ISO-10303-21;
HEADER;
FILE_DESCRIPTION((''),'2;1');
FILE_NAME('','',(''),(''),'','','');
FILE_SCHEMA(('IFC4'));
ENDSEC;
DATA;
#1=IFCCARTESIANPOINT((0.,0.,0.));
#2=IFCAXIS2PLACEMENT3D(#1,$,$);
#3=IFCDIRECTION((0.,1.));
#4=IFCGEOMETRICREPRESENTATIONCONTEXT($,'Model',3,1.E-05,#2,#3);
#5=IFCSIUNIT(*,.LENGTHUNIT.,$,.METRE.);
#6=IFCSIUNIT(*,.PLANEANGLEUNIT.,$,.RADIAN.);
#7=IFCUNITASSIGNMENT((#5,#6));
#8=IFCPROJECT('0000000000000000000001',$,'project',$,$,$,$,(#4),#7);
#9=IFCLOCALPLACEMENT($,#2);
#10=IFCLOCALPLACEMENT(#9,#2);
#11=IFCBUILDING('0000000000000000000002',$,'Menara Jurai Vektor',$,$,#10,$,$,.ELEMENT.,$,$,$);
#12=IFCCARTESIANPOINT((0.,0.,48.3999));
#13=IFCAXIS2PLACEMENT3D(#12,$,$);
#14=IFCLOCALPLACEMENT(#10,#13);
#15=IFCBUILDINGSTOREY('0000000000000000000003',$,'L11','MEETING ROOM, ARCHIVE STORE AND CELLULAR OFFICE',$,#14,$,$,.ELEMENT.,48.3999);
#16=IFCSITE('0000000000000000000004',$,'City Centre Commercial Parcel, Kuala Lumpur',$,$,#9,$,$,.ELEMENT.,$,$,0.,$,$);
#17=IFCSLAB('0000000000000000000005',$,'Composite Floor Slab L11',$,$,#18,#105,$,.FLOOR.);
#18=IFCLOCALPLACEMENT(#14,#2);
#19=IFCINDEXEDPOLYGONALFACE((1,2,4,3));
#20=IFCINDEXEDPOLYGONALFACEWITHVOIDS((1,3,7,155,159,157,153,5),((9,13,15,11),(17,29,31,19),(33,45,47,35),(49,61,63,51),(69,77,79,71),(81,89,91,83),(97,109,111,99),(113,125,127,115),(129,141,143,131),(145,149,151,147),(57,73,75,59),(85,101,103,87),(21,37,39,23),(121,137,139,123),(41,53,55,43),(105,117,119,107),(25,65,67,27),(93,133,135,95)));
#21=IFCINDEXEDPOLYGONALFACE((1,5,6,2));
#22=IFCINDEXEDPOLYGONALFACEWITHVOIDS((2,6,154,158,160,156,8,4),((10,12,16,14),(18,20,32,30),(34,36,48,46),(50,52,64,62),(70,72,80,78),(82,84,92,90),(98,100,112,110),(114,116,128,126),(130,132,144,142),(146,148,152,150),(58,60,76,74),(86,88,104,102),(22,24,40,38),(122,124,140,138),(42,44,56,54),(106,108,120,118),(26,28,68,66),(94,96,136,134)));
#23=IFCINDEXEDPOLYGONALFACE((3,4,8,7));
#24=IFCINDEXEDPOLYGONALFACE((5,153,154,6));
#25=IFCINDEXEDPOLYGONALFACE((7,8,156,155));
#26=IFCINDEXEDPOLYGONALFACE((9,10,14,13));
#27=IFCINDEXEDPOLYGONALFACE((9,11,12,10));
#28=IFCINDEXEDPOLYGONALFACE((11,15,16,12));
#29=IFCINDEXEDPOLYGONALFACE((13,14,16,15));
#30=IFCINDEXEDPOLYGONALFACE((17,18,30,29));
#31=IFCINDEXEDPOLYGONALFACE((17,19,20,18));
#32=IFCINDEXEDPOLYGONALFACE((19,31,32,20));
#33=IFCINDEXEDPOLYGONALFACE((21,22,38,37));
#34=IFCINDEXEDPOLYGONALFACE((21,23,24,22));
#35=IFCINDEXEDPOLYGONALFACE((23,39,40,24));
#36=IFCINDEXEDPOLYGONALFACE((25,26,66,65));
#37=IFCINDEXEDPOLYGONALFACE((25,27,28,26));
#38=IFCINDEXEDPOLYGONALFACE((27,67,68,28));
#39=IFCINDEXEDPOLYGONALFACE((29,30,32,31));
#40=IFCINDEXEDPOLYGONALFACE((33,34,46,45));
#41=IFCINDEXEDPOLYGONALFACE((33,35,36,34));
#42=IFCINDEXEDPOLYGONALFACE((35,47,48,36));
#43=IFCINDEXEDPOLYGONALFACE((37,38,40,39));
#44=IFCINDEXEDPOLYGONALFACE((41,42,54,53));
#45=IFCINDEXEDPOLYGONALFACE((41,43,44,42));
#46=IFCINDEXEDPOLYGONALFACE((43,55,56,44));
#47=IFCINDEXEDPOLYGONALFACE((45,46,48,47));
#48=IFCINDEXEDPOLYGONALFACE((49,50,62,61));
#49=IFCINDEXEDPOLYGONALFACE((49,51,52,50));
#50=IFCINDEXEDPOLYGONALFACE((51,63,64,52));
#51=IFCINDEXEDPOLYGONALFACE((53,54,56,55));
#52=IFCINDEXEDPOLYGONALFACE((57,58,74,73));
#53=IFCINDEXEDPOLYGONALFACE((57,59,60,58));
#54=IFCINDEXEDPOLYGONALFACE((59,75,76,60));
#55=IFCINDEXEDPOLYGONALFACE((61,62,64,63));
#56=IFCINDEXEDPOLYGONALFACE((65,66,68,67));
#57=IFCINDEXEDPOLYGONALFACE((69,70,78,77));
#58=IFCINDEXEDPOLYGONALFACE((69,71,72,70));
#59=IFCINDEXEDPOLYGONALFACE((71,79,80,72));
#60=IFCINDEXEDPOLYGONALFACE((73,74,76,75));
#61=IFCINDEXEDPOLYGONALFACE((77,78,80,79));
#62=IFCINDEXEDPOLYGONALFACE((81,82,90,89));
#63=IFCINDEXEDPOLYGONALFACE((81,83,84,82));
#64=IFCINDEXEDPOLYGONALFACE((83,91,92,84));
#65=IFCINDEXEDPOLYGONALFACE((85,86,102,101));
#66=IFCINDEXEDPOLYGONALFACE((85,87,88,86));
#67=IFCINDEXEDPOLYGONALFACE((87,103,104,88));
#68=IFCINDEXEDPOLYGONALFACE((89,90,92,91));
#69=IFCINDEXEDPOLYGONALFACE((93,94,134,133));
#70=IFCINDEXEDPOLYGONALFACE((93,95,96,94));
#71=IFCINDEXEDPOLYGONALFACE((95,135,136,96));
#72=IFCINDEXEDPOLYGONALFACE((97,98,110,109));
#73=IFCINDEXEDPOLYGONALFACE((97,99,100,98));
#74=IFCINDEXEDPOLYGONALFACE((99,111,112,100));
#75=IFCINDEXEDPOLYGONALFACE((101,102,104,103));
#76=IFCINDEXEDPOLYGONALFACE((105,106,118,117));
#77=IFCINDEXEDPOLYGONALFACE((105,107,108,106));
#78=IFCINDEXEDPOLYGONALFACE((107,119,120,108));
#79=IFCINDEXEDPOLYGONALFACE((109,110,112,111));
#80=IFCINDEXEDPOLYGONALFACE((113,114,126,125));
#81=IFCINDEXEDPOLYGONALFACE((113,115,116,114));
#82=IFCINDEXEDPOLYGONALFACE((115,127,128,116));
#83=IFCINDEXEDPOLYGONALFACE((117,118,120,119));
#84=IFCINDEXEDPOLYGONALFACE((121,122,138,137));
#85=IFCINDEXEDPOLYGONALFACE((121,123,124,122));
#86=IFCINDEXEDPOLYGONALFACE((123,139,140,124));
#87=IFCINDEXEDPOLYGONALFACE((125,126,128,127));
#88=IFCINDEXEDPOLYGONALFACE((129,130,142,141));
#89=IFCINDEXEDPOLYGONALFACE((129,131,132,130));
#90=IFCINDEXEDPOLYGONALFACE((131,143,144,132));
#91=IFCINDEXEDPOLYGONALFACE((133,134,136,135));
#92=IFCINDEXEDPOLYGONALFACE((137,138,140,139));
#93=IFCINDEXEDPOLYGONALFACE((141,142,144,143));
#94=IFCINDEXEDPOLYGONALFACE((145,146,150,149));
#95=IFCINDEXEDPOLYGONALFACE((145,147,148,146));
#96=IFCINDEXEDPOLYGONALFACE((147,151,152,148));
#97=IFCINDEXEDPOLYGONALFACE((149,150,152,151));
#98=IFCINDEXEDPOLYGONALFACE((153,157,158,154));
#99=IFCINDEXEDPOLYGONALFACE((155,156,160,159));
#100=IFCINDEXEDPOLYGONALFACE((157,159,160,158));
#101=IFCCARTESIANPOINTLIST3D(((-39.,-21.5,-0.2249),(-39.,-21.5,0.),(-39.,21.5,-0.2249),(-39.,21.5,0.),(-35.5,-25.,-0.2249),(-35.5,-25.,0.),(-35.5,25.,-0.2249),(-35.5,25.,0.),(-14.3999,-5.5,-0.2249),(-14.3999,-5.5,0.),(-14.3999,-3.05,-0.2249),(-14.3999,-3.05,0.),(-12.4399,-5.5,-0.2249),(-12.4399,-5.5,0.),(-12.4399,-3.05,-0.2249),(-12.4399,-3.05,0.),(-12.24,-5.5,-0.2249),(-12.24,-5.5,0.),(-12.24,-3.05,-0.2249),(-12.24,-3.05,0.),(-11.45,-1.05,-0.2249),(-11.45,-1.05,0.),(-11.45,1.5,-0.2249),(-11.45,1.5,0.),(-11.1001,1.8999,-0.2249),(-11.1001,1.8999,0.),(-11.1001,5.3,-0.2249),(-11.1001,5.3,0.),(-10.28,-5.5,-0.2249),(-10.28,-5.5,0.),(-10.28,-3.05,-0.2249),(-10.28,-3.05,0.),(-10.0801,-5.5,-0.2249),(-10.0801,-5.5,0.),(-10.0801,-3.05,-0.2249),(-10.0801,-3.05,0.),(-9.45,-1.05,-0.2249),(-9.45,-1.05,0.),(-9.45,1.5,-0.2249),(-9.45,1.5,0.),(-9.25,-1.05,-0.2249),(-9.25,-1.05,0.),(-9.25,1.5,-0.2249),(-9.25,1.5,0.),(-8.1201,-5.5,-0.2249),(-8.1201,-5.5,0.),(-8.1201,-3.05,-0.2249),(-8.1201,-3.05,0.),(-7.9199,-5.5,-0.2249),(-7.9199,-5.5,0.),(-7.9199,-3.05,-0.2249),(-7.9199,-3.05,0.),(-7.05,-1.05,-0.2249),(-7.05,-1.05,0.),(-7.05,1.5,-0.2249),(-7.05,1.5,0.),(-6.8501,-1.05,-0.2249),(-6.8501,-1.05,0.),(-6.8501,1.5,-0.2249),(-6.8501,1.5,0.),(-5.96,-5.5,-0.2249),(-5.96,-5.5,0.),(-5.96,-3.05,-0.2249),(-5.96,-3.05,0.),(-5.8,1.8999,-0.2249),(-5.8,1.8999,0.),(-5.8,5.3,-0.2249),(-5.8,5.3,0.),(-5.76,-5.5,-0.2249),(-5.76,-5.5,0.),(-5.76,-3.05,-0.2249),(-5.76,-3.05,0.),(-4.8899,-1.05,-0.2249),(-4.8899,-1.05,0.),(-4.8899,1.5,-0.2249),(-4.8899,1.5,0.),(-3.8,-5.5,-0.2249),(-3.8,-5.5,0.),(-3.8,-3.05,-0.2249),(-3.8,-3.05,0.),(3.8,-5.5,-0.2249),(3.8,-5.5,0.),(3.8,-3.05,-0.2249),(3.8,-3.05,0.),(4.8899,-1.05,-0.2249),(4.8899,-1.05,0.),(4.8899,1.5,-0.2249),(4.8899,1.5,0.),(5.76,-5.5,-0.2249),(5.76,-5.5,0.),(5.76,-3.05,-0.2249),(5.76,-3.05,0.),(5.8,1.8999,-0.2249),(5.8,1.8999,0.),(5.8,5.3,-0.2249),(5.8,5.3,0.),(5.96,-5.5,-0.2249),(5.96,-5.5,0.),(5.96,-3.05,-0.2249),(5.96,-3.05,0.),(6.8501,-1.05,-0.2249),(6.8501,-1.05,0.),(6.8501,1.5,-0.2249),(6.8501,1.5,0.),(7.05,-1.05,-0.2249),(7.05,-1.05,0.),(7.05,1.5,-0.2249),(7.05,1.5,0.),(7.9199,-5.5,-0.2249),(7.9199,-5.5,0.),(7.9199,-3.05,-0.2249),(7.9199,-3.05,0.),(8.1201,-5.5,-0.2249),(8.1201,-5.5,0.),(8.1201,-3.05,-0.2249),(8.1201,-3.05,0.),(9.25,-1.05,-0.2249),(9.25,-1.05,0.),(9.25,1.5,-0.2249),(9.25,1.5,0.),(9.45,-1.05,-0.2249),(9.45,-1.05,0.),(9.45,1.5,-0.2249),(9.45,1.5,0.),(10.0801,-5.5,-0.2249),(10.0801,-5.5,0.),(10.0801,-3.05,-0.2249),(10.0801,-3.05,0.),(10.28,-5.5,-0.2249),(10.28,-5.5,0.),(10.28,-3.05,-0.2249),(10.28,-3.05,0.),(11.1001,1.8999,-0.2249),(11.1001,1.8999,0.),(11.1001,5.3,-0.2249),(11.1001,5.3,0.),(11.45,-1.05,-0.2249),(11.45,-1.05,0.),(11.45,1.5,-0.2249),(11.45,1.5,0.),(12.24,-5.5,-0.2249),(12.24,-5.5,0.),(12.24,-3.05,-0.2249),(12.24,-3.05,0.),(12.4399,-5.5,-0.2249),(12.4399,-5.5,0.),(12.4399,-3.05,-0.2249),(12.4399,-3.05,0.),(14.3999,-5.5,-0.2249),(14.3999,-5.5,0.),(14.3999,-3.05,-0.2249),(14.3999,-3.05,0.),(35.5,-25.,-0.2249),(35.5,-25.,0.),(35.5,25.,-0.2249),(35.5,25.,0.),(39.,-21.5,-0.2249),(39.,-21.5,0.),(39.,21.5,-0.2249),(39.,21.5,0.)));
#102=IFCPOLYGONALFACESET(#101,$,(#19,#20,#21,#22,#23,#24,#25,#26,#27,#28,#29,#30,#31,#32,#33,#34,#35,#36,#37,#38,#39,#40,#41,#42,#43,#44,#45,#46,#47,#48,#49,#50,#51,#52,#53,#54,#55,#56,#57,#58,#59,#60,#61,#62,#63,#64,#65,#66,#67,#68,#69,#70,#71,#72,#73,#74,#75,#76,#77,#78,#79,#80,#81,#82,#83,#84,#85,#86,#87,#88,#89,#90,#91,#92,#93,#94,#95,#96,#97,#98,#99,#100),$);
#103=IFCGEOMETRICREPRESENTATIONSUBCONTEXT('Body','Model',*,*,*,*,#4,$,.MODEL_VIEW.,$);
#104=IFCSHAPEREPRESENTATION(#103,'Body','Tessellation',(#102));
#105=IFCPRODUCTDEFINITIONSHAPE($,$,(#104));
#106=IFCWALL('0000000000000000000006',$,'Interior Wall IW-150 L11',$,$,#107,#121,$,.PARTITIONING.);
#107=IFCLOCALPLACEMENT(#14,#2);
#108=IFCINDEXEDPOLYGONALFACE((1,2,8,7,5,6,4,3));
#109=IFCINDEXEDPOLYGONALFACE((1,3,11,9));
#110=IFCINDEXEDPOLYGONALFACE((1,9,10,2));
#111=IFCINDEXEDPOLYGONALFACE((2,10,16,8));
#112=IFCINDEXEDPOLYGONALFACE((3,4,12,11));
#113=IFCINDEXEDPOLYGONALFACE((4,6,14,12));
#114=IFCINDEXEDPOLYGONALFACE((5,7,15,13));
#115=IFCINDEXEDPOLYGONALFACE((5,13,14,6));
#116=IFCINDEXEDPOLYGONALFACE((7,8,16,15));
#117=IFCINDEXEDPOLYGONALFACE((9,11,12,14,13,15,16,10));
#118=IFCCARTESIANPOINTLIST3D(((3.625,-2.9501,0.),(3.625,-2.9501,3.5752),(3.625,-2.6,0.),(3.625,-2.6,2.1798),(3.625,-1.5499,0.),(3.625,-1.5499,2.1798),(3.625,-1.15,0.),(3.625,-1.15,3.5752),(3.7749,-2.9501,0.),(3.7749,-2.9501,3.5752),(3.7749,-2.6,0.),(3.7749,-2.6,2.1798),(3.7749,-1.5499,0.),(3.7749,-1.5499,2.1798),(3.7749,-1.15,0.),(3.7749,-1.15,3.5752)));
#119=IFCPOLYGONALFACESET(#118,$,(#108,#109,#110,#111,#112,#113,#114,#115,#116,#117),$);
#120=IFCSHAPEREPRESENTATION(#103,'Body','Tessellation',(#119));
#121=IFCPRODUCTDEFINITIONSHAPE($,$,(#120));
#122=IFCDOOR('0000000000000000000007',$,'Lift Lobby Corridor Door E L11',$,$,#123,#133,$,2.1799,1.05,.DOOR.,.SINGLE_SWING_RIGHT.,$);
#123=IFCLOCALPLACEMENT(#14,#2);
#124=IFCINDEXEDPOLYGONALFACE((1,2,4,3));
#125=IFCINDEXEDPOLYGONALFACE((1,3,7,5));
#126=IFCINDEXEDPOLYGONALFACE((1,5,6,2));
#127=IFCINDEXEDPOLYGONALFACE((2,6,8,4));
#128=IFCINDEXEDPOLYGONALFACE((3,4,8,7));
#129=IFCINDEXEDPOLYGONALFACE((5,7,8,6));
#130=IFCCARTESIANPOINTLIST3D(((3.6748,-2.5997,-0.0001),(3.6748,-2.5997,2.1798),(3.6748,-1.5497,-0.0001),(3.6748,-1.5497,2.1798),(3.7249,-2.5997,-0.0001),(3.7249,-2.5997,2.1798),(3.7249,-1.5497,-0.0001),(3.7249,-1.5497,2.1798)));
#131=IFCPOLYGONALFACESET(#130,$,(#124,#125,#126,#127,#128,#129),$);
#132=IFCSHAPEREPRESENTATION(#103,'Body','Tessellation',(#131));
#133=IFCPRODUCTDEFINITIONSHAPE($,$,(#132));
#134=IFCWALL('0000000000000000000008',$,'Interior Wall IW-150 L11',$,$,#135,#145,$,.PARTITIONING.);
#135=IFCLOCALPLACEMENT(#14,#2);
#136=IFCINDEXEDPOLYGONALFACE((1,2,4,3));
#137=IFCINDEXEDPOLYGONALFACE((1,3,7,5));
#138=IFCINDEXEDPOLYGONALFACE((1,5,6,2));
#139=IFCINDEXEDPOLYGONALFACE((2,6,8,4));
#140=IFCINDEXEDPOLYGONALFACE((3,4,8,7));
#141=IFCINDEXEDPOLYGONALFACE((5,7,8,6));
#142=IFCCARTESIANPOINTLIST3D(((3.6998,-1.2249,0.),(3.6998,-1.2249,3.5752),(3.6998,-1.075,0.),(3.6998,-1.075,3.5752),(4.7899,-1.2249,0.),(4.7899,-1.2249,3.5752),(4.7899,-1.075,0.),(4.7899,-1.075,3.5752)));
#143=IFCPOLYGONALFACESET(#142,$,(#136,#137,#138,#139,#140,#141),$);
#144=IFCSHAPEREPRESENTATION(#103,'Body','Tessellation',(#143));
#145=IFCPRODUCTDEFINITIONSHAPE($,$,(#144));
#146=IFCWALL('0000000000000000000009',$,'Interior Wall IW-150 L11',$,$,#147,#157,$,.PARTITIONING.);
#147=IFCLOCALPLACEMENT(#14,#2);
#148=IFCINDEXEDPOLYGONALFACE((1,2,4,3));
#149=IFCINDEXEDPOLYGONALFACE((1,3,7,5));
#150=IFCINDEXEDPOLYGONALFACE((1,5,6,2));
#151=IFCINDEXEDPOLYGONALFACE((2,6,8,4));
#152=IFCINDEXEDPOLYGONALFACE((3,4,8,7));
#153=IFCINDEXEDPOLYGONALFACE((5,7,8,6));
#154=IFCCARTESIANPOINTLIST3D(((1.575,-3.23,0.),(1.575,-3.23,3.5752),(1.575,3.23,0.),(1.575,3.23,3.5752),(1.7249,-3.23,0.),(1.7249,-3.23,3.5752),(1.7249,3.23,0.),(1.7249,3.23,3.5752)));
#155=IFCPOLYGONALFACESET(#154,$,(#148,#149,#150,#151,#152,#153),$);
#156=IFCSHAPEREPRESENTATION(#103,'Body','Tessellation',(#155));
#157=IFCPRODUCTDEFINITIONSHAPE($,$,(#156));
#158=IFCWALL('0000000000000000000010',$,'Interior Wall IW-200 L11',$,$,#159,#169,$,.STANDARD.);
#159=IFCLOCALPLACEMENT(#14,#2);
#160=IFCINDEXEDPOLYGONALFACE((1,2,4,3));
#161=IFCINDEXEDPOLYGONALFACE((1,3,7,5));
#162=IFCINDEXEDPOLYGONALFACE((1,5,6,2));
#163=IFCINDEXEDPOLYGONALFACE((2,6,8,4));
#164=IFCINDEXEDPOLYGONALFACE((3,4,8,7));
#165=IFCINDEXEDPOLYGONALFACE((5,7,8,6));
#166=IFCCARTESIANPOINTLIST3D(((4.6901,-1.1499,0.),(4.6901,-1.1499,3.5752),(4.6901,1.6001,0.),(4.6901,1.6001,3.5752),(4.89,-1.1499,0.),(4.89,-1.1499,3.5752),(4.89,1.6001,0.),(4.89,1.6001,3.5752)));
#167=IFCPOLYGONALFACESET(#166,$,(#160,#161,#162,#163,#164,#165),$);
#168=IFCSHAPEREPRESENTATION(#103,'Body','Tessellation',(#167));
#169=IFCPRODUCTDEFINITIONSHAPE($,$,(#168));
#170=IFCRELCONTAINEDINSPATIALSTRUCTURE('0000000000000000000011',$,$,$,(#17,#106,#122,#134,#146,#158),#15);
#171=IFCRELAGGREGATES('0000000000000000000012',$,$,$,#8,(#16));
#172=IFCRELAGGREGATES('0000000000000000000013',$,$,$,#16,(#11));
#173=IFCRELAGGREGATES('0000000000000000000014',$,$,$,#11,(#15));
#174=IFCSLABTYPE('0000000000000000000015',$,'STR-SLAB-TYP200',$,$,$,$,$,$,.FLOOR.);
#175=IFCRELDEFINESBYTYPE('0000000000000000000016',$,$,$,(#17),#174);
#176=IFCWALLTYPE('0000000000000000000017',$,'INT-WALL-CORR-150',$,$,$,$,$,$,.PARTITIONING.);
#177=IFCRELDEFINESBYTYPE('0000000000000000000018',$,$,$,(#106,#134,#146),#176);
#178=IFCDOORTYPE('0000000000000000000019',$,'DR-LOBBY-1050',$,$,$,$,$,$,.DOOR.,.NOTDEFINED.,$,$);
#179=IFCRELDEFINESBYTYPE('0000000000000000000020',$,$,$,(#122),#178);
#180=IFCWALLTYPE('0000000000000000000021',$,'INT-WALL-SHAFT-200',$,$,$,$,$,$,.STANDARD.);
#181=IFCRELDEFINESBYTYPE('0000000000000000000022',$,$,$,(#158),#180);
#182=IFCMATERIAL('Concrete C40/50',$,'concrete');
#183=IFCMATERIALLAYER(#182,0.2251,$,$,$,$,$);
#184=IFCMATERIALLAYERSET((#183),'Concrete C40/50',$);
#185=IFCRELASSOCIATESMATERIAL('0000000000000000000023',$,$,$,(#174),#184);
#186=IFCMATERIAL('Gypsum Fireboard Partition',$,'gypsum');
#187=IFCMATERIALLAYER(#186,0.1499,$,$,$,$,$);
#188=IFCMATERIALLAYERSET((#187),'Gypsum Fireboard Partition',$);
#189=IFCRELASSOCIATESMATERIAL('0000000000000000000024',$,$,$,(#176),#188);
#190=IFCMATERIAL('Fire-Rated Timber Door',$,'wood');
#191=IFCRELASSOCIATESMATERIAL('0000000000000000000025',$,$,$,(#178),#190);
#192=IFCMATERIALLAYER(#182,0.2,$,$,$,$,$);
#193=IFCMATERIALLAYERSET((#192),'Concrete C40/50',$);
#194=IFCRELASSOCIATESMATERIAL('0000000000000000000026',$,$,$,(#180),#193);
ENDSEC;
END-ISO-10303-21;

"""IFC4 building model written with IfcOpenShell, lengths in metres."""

from ifc_helpers import new_model, si_unit, direction, frame, frame_2d, origin, place, context, subcontext, project, spatial, polyline, rectangle, outline, extrude, material, layer, layer_set, type_object, element, fill, save


model = new_model("IFC4")

# Units and contexts
model_context = context("Model", 3, precision=1e-05, world=origin(), true_north=direction((0.0, 1.0)))
body_context = subcontext(model_context, "Body", "Model", "MODEL_VIEW")
ifc_project = project(units=[si_unit("LENGTHUNIT", "METRE"), si_unit("PLANEANGLEUNIT", "RADIAN")], contexts=[model_context])

# Site, building, storey
site_placement = place(None, origin())
site = spatial("IfcSite", under=ifc_project, at=site_placement, Name="City Centre Commercial Parcel, Kuala Lumpur", CompositionType="ELEMENT", RefElevation=0.0)
building_placement = place(site_placement, origin())
building = spatial("IfcBuilding", under=site, at=building_placement, Name="Menara Jurai Vektor", CompositionType="ELEMENT")
storey_placement = place(building_placement, frame((0.0, 0.0, 48.3999)))
storey = spatial("IfcBuildingStorey", under=building, at=storey_placement, Name="L11", Description="MEETING ROOM, ARCHIVE STORE AND CELLULAR OFFICE", CompositionType="ELEMENT", Elevation=48.3999)

# Shared definitions
ifc_material_1 = material(Name="Concrete C40/50", Category="concrete")

# Slab
ifc_layer_1 = layer(ifc_material_1, 0.2251)
ifc_layer_set_1 = layer_set([ifc_layer_1], Name="Concrete C40/50")
slab_type_1 = type_object("IfcSlabType", Name="STR-SLAB-TYP200", PredefinedType="FLOOR", material=ifc_layer_set_1)
slab_1_placement = place(storey_placement, frame((0.0, 0.0, -0.2249)))
element("IfcSlab", 1, at=slab_1_placement, inside=storey, type_object=slab_type_1, Name="Composite Floor Slab L11", PredefinedType="FLOOR", context=body_context, shape_type="SweptSolid", body=[
    extrude(outline(polyline([(-35.5, -25.0), (35.5, -25.0), (39.0, -21.5), (39.0, 21.5), (35.5, 25.0), (-35.5, 25.0), (-39.0, 21.5), (-39.0, -21.5), (-35.5, -25.0)]), holes=[polyline([(-11.1001, 1.8999), (-11.1001, 5.3), (-5.8, 5.3), (-5.8, 1.8999), (-11.1001, 1.8999)]), polyline([(5.8, 1.8999), (5.8, 5.3), (11.1001, 5.3), (11.1001, 1.8999), (5.8, 1.8999)]), polyline([(-11.45, -1.05), (-11.45, 1.5), (-9.45, 1.5), (-9.45, -1.05), (-11.45, -1.05)]), polyline([(9.45, -1.05), (9.45, 1.5), (11.45, 1.5), (11.45, -1.05), (9.45, -1.05)]), polyline([(-5.76, -5.5), (-5.76, -3.05), (-3.8, -3.05), (-3.8, -5.5), (-5.76, -5.5)]), polyline([(-6.8501, -1.05), (-6.8501, 1.5), (-4.8899, 1.5), (-4.8899, -1.05), (-6.8501, -1.05)]), polyline([(3.8, -5.5), (3.8, -3.05), (5.76, -3.05), (5.76, -5.5), (3.8, -5.5)]), polyline([(4.8899, -1.05), (4.8899, 1.5), (6.8501, 1.5), (6.8501, -1.05), (4.8899, -1.05)]), polyline([(-14.3999, -5.5), (-14.3999, -3.05), (-12.4399, -3.05), (-12.4399, -5.5), (-14.3999, -5.5)]), polyline([(-12.24, -5.5), (-12.24, -3.05), (-10.28, -3.05), (-10.28, -5.5), (-12.24, -5.5)]), polyline([(10.28, -5.5), (10.28, -3.05), (12.24, -3.05), (12.24, -5.5), (10.28, -5.5)]), polyline([(12.4399, -5.5), (12.4399, -3.05), (14.3999, -3.05), (14.3999, -5.5), (12.4399, -5.5)]), polyline([(-10.0801, -5.5), (-10.0801, -3.05), (-8.1201, -3.05), (-8.1201, -5.5), (-10.0801, -5.5)]), polyline([(-7.9199, -5.5), (-7.9199, -3.05), (-5.96, -3.05), (-5.96, -5.5), (-7.9199, -5.5)]), polyline([(5.96, -5.5), (5.96, -3.05), (7.9199, -3.05), (7.9199, -5.5), (5.96, -5.5)]), polyline([(8.1201, -5.5), (8.1201, -3.05), (10.0801, -3.05), (10.0801, -5.5), (8.1201, -5.5)]), polyline([(-9.25, -1.05), (-9.25, 1.5), (-7.05, 1.5), (-7.05, -1.05), (-9.25, -1.05)]), polyline([(7.05, -1.05), (7.05, 1.5), (9.25, 1.5), (9.25, -1.05), (7.05, -1.05)])]), origin(), (0.0, 0.0, 1.0), 0.2249),
])

# Wall, opening, door
ifc_material_2 = material(Name="Gypsum Fireboard Partition", Category="gypsum")
ifc_layer_2 = layer(ifc_material_2, 0.1499)
ifc_layer_set_2 = layer_set([ifc_layer_2], Name="Gypsum Fireboard Partition")
wall_type_1 = type_object("IfcWallType", Name="INT-WALL-CORR-150", PredefinedType="PARTITIONING", material=ifc_layer_set_2)
wall_1_placement = place(storey_placement, frame((3.7, -2.95, 0.0), z_axis=(0.0, 0.0, 1.0), x_axis=(0.0, 1.0, 0.0)))
wall_1 = element("IfcWall", 2, at=wall_1_placement, inside=storey, type_object=wall_type_1, Name="Interior Wall IW-150 L11", PredefinedType="PARTITIONING", context=body_context, shape_type="SweptSolid", body=[
    extrude(rectangle(XDim=1.8, YDim=0.1499, at=frame_2d((0.8999, 0.0))), origin(), (0.0, 0.0, 1.0), 3.5752),
])
opening_1_placement = place(wall_1_placement, frame((0.3501, 0.0, 0.0)))
opening_1 = element("IfcOpeningElement", 3, at=opening_1_placement, cuts=wall_1, PredefinedType="OPENING", context=body_context, shape_type="SweptSolid", body=[
    extrude(rectangle(XDim=1.05, YDim=2.1799, at=frame_2d((0.5249, 1.0898))), frame((0.0, 0.085, 0.0), z_axis=(0.0, -1.0, 0.0), x_axis=(1.0, 0.0, 0.0)), (0.0, 0.0, 1.0), 0.1699),
])
ifc_material_3 = material(Name="Fire-Rated Timber Door", Category="wood")
door_type_1 = type_object("IfcDoorType", Name="DR-LOBBY-1050", OperationType="NOTDEFINED", PredefinedType="DOOR", material=ifc_material_3)
door_1_placement = place(opening_1_placement, frame((1.05, 0.0, 0.0), z_axis=(0.0, 0.0, 1.0), x_axis=(-1.0, 0.0, 0.0)))
door_1 = element("IfcDoor", 4, at=door_1_placement, inside=storey, type_object=door_type_1, Name="Lift Lobby Corridor Door E L11", OperationType="SINGLE_SWING_RIGHT", OverallHeight=2.1799, OverallWidth=1.05, PredefinedType="DOOR", context=body_context, shape_type="SweptSolid", body=[
    extrude(rectangle(XDim=1.05, YDim=2.1799, at=frame_2d((0.5249, 1.0898))), frame((0.0, 0.0249, 0.0), z_axis=(0.0, -1.0, 0.0), x_axis=(1.0, 0.0, 0.0)), (0.0, 0.0, 1.0), 0.05),
])
fill(opening_1, door_1)

# Walls
wall_2_placement = place(storey_placement, frame((3.7, -1.1499, 0.0), z_axis=(0.0, 0.0, 1.0), x_axis=(1.0, 0.0, 0.0)))
element("IfcWall", 5, at=wall_2_placement, inside=storey, type_object=wall_type_1, Name="Interior Wall IW-150 L11", PredefinedType="PARTITIONING", context=body_context, shape_type="SweptSolid", body=[
    extrude(rectangle(XDim=1.0901, YDim=0.1499, at=frame_2d((0.5449, 0.0))), origin(), (0.0, 0.0, 1.0), 3.5752),
])
wall_3_placement = place(storey_placement, frame((1.6499, -3.23, 0.0), z_axis=(0.0, 0.0, 1.0), x_axis=(0.0, 1.0, 0.0)))
element("IfcWall", 6, at=wall_3_placement, inside=storey, type_object=wall_type_1, Name="Interior Wall IW-150 L11", PredefinedType="PARTITIONING", context=body_context, shape_type="SweptSolid", body=[
    extrude(rectangle(XDim=6.46, YDim=0.1499, at=frame_2d((3.23, 0.0))), origin(), (0.0, 0.0, 1.0), 3.5752),
])

# Shared definitions
ifc_layer_3 = layer(ifc_material_1, 0.2)
ifc_layer_set_3 = layer_set([ifc_layer_3], Name="Concrete C40/50")
wall_type_2 = type_object("IfcWallType", Name="INT-WALL-SHAFT-200", PredefinedType="STANDARD", material=ifc_layer_set_3)

# Wall
wall_4_placement = place(storey_placement, frame((4.79, -1.1499, 0.0), z_axis=(0.0, 0.0, 1.0), x_axis=(0.0, 1.0, 0.0)))
element("IfcWall", 7, at=wall_4_placement, inside=storey, type_object=wall_type_2, Name="Interior Wall IW-200 L11", PredefinedType="STANDARD", context=body_context, shape_type="SweptSolid", body=[
    extrude(rectangle(XDim=2.75, YDim=0.2, at=frame_2d((1.375, 0.0))), origin(), (0.0, 0.0, 1.0), 3.5752),
])

save(model, "model.ifc")
